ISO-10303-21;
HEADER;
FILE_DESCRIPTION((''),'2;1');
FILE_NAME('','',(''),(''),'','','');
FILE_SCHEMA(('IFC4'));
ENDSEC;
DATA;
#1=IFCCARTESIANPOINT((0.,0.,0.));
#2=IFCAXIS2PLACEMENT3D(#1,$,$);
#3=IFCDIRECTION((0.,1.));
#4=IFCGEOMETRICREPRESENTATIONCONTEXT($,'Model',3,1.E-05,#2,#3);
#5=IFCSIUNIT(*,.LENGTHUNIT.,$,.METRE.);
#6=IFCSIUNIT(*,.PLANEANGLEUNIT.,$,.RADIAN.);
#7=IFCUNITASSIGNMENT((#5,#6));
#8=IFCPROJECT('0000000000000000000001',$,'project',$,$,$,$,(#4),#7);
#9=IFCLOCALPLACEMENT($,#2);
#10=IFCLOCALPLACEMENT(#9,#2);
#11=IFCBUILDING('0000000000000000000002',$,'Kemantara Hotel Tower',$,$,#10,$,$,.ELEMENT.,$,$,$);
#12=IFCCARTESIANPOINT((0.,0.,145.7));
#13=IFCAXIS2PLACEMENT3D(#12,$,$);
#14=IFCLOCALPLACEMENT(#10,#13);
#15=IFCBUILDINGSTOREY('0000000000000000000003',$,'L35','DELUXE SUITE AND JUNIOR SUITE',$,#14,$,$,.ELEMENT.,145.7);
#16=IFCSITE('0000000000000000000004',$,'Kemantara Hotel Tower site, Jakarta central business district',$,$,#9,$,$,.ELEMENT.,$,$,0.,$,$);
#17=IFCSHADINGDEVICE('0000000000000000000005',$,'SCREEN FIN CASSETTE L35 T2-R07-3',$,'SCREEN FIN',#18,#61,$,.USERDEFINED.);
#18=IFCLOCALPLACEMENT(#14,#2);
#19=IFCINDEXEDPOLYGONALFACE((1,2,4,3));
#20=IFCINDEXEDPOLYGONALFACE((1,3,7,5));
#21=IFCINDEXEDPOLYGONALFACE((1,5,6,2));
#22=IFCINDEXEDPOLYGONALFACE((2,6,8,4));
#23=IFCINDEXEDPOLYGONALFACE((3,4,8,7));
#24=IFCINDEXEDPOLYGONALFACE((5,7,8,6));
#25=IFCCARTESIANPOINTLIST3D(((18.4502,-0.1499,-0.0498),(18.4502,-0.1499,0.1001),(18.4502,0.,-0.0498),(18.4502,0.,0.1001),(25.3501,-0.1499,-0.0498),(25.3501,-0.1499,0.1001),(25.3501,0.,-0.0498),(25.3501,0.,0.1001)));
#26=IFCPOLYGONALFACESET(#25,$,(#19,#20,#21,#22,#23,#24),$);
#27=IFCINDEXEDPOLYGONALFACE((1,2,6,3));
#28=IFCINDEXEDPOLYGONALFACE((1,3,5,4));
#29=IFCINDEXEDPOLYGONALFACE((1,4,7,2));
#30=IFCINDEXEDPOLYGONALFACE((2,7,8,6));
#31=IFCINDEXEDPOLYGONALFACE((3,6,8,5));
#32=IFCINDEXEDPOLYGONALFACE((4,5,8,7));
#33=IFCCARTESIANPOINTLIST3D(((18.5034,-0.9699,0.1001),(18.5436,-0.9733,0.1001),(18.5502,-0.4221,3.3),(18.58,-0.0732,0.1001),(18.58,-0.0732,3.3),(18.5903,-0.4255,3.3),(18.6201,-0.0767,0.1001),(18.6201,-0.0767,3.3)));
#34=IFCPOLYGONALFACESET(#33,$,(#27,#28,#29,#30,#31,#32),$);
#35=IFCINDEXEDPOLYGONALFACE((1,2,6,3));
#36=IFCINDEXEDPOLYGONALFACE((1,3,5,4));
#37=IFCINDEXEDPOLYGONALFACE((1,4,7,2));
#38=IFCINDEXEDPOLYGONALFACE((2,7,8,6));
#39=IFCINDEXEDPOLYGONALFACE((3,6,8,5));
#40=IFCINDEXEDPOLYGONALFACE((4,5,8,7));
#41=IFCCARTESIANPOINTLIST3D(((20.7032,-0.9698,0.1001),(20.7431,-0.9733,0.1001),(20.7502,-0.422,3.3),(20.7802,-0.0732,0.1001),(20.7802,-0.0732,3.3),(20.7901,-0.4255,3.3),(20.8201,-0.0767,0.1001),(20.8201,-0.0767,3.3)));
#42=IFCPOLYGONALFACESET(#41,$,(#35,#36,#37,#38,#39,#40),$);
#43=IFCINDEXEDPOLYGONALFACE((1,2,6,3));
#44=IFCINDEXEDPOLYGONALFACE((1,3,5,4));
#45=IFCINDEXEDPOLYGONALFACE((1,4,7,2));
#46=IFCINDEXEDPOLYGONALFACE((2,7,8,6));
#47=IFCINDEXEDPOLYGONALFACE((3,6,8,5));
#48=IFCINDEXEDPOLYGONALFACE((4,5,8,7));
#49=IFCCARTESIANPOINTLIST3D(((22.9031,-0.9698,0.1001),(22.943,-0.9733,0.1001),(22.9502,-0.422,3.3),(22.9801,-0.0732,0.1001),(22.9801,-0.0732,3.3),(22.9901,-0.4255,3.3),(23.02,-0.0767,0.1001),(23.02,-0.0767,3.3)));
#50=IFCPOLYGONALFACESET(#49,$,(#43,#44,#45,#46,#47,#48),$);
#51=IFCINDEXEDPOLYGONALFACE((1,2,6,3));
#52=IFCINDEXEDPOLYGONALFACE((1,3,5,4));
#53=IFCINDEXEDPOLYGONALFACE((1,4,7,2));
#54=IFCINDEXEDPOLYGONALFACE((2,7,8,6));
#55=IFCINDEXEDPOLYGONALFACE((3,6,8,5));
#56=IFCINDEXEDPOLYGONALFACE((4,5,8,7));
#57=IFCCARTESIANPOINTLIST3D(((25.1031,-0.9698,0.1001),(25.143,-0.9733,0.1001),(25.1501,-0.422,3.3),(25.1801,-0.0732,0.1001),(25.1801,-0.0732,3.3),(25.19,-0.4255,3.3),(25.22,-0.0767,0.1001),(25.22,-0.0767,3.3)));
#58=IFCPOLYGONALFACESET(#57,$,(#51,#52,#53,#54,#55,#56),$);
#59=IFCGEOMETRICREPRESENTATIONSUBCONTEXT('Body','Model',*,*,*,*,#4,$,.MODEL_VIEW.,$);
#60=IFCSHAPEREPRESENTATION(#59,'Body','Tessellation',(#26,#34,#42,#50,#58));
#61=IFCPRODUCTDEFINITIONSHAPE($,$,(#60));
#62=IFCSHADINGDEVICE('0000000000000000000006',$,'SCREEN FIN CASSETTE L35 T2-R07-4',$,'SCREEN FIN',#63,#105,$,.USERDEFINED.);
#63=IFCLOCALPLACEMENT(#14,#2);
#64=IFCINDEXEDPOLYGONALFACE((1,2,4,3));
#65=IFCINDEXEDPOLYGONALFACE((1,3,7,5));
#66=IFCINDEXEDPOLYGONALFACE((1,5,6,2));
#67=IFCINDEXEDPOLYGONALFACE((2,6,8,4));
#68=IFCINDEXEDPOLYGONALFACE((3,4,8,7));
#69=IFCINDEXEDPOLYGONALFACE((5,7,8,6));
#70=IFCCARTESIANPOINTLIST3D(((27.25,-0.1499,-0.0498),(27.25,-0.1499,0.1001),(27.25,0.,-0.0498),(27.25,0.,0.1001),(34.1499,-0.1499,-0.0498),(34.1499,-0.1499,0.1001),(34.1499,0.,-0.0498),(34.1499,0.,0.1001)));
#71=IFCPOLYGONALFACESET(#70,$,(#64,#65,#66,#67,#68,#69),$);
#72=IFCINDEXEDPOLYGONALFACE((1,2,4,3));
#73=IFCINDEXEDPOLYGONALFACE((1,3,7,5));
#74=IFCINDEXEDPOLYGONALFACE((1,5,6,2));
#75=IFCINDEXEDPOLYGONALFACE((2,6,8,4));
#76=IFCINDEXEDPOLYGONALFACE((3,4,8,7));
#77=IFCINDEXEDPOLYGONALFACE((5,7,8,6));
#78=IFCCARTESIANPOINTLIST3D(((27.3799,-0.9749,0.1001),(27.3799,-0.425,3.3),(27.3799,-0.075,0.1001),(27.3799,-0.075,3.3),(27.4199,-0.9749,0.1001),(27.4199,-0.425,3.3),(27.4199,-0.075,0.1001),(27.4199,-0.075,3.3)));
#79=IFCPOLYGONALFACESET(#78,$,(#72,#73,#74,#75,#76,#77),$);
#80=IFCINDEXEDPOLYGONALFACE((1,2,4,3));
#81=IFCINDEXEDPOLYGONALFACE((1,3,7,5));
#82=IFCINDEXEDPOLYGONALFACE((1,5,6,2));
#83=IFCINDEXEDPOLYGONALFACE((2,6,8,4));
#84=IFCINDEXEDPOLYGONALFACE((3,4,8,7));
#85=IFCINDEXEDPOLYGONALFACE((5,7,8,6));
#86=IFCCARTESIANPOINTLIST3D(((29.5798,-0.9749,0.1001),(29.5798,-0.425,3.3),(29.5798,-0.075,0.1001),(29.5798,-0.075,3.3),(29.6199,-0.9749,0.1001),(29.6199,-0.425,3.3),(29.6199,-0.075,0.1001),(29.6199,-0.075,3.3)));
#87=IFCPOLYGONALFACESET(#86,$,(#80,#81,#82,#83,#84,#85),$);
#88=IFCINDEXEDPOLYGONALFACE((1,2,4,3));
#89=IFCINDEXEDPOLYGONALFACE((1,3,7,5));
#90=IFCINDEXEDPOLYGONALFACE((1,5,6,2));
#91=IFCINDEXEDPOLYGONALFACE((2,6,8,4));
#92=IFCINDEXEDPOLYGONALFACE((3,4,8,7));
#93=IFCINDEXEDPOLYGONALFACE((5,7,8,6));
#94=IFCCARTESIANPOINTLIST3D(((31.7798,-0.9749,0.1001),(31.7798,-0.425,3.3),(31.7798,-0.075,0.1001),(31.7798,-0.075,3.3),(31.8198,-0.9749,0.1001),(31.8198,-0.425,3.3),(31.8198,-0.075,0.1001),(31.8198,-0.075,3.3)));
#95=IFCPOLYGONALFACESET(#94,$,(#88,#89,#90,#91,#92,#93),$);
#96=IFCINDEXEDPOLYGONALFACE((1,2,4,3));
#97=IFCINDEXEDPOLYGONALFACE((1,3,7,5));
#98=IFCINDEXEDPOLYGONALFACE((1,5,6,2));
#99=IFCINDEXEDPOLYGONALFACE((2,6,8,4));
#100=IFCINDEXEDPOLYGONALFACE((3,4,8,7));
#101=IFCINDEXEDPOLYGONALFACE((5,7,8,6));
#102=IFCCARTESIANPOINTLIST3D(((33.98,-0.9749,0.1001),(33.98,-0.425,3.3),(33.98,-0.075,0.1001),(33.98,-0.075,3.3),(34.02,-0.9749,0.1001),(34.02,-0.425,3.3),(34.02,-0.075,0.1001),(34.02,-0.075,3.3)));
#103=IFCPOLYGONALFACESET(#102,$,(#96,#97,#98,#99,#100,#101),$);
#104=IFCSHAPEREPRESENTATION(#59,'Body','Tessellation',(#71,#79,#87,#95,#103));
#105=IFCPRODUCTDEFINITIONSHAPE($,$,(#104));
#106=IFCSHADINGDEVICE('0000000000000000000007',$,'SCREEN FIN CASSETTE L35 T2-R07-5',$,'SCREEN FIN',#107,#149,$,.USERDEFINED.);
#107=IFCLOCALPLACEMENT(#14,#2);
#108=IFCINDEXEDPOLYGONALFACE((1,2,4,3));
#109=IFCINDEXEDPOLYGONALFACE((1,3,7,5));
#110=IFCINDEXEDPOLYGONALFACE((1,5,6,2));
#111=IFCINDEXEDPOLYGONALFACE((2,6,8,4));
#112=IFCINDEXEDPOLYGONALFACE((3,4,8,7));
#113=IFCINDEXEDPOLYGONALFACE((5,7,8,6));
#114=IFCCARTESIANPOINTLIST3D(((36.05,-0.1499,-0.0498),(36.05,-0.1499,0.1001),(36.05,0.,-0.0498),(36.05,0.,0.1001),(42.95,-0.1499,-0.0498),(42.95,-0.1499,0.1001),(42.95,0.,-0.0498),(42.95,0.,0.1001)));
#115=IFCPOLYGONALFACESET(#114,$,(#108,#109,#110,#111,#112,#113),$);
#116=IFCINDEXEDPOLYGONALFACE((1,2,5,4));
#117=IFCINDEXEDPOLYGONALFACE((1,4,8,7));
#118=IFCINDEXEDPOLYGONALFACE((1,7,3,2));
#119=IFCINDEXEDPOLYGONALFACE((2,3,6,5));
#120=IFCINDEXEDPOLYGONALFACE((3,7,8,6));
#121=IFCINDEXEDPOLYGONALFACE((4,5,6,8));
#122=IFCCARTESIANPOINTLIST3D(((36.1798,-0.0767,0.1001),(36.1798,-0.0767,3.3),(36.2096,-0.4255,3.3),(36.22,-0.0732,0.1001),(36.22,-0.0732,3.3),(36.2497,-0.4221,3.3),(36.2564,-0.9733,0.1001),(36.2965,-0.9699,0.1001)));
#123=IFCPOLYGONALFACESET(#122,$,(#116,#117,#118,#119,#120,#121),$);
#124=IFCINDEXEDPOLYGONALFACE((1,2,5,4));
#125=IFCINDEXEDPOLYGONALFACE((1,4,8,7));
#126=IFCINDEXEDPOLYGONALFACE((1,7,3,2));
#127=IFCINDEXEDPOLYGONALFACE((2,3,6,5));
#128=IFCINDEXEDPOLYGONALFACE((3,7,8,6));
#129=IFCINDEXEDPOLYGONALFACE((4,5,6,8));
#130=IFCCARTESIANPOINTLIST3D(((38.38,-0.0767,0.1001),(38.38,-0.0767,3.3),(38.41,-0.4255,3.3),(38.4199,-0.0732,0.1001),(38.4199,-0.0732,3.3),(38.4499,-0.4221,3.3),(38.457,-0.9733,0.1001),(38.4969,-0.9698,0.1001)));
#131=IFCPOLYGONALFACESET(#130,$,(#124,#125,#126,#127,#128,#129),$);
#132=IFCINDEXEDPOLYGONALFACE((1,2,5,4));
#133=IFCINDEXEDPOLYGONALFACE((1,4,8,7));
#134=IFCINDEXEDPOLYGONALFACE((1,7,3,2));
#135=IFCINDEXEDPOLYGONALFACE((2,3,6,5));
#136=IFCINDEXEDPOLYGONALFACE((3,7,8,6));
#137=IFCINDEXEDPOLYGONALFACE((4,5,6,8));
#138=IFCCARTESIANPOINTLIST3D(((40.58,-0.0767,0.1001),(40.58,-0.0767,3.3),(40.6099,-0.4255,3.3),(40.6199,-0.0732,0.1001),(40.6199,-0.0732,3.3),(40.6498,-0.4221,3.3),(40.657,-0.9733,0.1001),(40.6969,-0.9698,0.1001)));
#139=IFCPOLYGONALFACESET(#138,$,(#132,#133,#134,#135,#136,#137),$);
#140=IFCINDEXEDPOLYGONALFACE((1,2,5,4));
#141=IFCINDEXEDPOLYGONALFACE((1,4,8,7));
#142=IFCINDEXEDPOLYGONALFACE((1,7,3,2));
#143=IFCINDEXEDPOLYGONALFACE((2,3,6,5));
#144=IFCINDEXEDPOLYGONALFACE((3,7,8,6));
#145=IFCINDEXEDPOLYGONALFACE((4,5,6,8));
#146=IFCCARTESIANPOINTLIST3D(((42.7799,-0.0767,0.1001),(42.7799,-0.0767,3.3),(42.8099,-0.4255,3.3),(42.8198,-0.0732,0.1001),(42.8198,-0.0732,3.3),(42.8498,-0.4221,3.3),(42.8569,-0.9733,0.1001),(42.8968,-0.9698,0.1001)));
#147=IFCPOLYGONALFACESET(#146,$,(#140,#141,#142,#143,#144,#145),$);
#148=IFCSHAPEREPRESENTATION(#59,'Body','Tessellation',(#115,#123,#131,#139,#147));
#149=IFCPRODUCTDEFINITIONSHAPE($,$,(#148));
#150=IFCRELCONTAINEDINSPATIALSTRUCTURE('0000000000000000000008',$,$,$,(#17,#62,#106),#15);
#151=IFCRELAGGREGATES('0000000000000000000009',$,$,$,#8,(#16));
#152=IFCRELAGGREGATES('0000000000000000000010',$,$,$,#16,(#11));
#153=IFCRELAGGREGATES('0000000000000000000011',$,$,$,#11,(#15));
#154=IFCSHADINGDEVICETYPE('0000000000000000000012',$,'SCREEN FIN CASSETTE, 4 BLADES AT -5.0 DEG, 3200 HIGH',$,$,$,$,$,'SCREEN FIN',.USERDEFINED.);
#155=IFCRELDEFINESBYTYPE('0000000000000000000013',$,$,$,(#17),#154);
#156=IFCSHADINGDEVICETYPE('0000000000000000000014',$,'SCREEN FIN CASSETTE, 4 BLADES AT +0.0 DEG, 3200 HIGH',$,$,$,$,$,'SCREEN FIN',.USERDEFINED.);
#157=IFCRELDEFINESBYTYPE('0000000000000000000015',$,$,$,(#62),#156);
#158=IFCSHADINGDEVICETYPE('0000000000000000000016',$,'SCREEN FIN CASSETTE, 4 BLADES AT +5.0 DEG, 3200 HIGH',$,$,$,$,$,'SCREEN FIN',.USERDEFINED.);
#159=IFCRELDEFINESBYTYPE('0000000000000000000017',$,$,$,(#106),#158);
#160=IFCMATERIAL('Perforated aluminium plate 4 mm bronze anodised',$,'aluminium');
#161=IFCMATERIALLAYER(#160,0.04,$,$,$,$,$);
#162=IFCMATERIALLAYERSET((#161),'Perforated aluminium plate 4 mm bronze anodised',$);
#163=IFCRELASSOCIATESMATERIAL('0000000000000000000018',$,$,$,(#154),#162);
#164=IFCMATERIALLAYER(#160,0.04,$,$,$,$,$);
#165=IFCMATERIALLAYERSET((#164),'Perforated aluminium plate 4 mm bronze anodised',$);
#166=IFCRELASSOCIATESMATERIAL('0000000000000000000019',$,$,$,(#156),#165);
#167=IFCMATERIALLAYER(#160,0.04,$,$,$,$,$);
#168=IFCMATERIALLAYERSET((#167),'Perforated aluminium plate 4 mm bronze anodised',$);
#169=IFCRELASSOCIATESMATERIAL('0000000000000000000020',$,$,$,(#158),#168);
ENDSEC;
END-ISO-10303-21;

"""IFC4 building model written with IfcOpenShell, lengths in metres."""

from ifc_helpers import new_model, si_unit, direction, frame, origin, origin_2d, place, context, subcontext, project, spatial, polyline, rectangle, outline, extrude, source, transform, mapped, material, layer, layer_set, type_object, element, save


model = new_model("IFC4")

# Units and contexts
model_context = context("Model", 3, precision=1e-05, world=origin(), true_north=direction((0.0, 1.0)))
body_context = subcontext(model_context, "Body", "Model", "MODEL_VIEW")
ifc_project = project(units=[si_unit("LENGTHUNIT", "METRE"), si_unit("PLANEANGLEUNIT", "RADIAN")], contexts=[model_context])

# Site, building, storey
site_placement = place(None, origin())
site = spatial("IfcSite", under=ifc_project, at=site_placement, Name="Kemantara Hotel Tower site, Jakarta central business district", CompositionType="ELEMENT", RefElevation=0.0)
building_placement = place(site_placement, origin())
building = spatial("IfcBuilding", under=site, at=building_placement, Name="Kemantara Hotel Tower", CompositionType="ELEMENT")
storey_placement = place(building_placement, frame((0.0, 0.0, 145.7)))
storey = spatial("IfcBuildingStorey", under=building, at=storey_placement, Name="L35", Description="DELUXE SUITE AND JUNIOR SUITE", CompositionType="ELEMENT", Elevation=145.7)

# Shading devices
ifc_material_1 = material(Name="Perforated aluminium plate 4 mm bronze anodised", Category="aluminium")
ifc_layer_1 = layer(ifc_material_1, 0.04)
ifc_layer_set_1 = layer_set([ifc_layer_1], Name="Perforated aluminium plate 4 mm bronze anodised")
shading_device_type_1 = type_object("IfcShadingDeviceType", Name="SCREEN FIN CASSETTE, 4 BLADES AT -5.0 DEG, 3200 HIGH", ElementType="SCREEN FIN", PredefinedType="USERDEFINED", material=ifc_layer_set_1)
shared_shape_1 = source(origin(), body_context, "Body", "SweptSolid", [
    extrude(rectangle(XDim=6.8999, YDim=0.1499, at=origin_2d()), frame((3.3, -0.075, -0.1499), z_axis=(0.0, 0.0, 1.0), x_axis=(1.0, 0.0, 0.0)), (0.0, 0.0, 1.0), 0.1499),
    extrude(outline(polyline([(0.0, 0.0), (0.8999, 0.0), (0.3501, 3.2), (0.0, 3.2), (0.0, 0.0)])), frame((0.02, -0.0767, 0.0), z_axis=(-0.996376, 0.085056, 0.0), x_axis=(-0.085056, -0.996376, 0.0)), (0.0, 0.0, 1.0), 0.0403),
    extrude(outline(polyline([(0.0, 0.0), (0.8999, 0.0), (0.3501, 3.2), (0.0, 3.2), (0.0, 0.0)])), frame((2.22, -0.0767, 0.0), z_axis=(-0.996332, 0.085575, 0.0), x_axis=(-0.085575, -0.996332, 0.0)), (0.0, 0.0, 1.0), 0.04),
    extrude(outline(polyline([(0.0, 0.0), (0.8999, 0.0), (0.3501, 3.2), (0.0, 3.2), (0.0, 0.0)])), frame((4.4199, -0.0767, 0.0), z_axis=(-0.996332, 0.085575, 0.0), x_axis=(-0.085575, -0.996332, 0.0)), (0.0, 0.0, 1.0), 0.04),
    extrude(outline(polyline([(0.0, 0.0), (0.8999, 0.0), (0.3501, 3.2), (0.0, 3.2), (0.0, 0.0)])), frame((6.6199, -0.0767, 0.0), z_axis=(-0.996332, 0.085575, 0.0), x_axis=(-0.085575, -0.996332, 0.0)), (0.0, 0.0, 1.0), 0.04),
])
shading_device_1_placement = place(storey_placement, frame((18.6001, 0.0, 0.1001), z_axis=(0.0, 0.0, 1.0), x_axis=(1.0, 0.0, 0.0)))
element("IfcShadingDevice", 1, at=shading_device_1_placement, inside=storey, type_object=shading_device_type_1, Name="SCREEN FIN CASSETTE L35 T2-R07-3", ObjectType="SCREEN FIN", PredefinedType="USERDEFINED", context=body_context, shape_type="MappedRepresentation", body=[
    mapped(shared_shape_1, transform((0.0, 0.0, 0.0))),
])
ifc_layer_2 = layer(ifc_material_1, 0.04)
ifc_layer_set_2 = layer_set([ifc_layer_2], Name="Perforated aluminium plate 4 mm bronze anodised")
shading_device_type_2 = type_object("IfcShadingDeviceType", Name="SCREEN FIN CASSETTE, 4 BLADES AT +0.0 DEG, 3200 HIGH", ElementType="SCREEN FIN", PredefinedType="USERDEFINED", material=ifc_layer_set_2)
shared_shape_2 = source(origin(), body_context, "Body", "SweptSolid", [
    extrude(rectangle(XDim=6.8999, YDim=0.1499, at=origin_2d()), frame((3.3, -0.075, -0.1499), z_axis=(0.0, 0.0, 1.0), x_axis=(1.0, 0.0, 0.0)), (0.0, 0.0, 1.0), 0.1499),
    extrude(outline(polyline([(0.0, 0.0), (0.8999, 0.0), (0.3501, 3.2), (0.0, 3.2), (0.0, 0.0)])), frame((0.02, -0.075, 0.0), z_axis=(-1.0, 0.0, 0.0), x_axis=(0.0, -1.0, 0.0)), (0.0, 0.0, 1.0), 0.04),
    extrude(outline(polyline([(0.0, 0.0), (0.8999, 0.0), (0.3501, 3.2), (0.0, 3.2), (0.0, 0.0)])), frame((2.22, -0.075, 0.0), z_axis=(-1.0, 0.0, 0.0), x_axis=(0.0, -1.0, 0.0)), (0.0, 0.0, 1.0), 0.04),
    extrude(outline(polyline([(0.0, 0.0), (0.8999, 0.0), (0.3501, 3.2), (0.0, 3.2), (0.0, 0.0)])), frame((4.4199, -0.075, 0.0), z_axis=(-1.0, 0.0, 0.0), x_axis=(0.0, -1.0, 0.0)), (0.0, 0.0, 1.0), 0.04),
    extrude(outline(polyline([(0.0, 0.0), (0.8999, 0.0), (0.3501, 3.2), (0.0, 3.2), (0.0, 0.0)])), frame((6.6201, -0.075, 0.0), z_axis=(-1.0, 0.0, 0.0), x_axis=(0.0, -1.0, 0.0)), (0.0, 0.0, 1.0), 0.04),
])
shading_device_2_placement = place(storey_placement, frame((27.3999, 0.0, 0.1001), z_axis=(0.0, 0.0, 1.0), x_axis=(1.0, 0.0, 0.0)))
element("IfcShadingDevice", 2, at=shading_device_2_placement, inside=storey, type_object=shading_device_type_2, Name="SCREEN FIN CASSETTE L35 T2-R07-4", ObjectType="SCREEN FIN", PredefinedType="USERDEFINED", context=body_context, shape_type="MappedRepresentation", body=[
    mapped(shared_shape_2, transform((0.0, 0.0, 0.0))),
])
ifc_layer_3 = layer(ifc_material_1, 0.04)
ifc_layer_set_3 = layer_set([ifc_layer_3], Name="Perforated aluminium plate 4 mm bronze anodised")
shading_device_type_3 = type_object("IfcShadingDeviceType", Name="SCREEN FIN CASSETTE, 4 BLADES AT +5.0 DEG, 3200 HIGH", ElementType="SCREEN FIN", PredefinedType="USERDEFINED", material=ifc_layer_set_3)
shared_shape_3 = source(origin(), body_context, "Body", "SweptSolid", [
    extrude(rectangle(XDim=6.8999, YDim=0.1499, at=origin_2d()), frame((3.3, -0.075, -0.1499), z_axis=(0.0, 0.0, 1.0), x_axis=(1.0, 0.0, 0.0)), (0.0, 0.0, 1.0), 0.1499),
    extrude(outline(polyline([(0.0, 0.0), (0.8999, 0.0), (0.3501, 3.2), (0.0, 3.2), (0.0, 0.0)])), frame((0.02, -0.0732, 0.0), z_axis=(-0.996376, -0.085056, 0.0), x_axis=(0.085056, -0.996376, 0.0)), (0.0, 0.0, 1.0), 0.0403),
    extrude(outline(polyline([(0.0, 0.0), (0.8999, 0.0), (0.3501, 3.2), (0.0, 3.2), (0.0, 0.0)])), frame((2.22, -0.0732, 0.0), z_axis=(-0.996332, -0.085575, 0.0), x_axis=(0.085575, -0.996332, 0.0)), (0.0, 0.0, 1.0), 0.04),
    extrude(outline(polyline([(0.0, 0.0), (0.8999, 0.0), (0.3501, 3.2), (0.0, 3.2), (0.0, 0.0)])), frame((4.4199, -0.0732, 0.0), z_axis=(-0.996332, -0.085575, 0.0), x_axis=(0.085575, -0.996332, 0.0)), (0.0, 0.0, 1.0), 0.04),
    extrude(outline(polyline([(0.0, 0.0), (0.8999, 0.0), (0.3501, 3.2), (0.0, 3.2), (0.0, 0.0)])), frame((6.6199, -0.0732, 0.0), z_axis=(-0.996332, -0.085575, 0.0), x_axis=(0.085575, -0.996332, 0.0)), (0.0, 0.0, 1.0), 0.04),
])
shading_device_3_placement = place(storey_placement, frame((36.2, 0.0, 0.1001), z_axis=(0.0, 0.0, 1.0), x_axis=(1.0, 0.0, 0.0)))
element("IfcShadingDevice", 3, at=shading_device_3_placement, inside=storey, type_object=shading_device_type_3, Name="SCREEN FIN CASSETTE L35 T2-R07-5", ObjectType="SCREEN FIN", PredefinedType="USERDEFINED", context=body_context, shape_type="MappedRepresentation", body=[
    mapped(shared_shape_3, transform((0.0, 0.0, 0.0))),
])

save(model, "model.ifc")
